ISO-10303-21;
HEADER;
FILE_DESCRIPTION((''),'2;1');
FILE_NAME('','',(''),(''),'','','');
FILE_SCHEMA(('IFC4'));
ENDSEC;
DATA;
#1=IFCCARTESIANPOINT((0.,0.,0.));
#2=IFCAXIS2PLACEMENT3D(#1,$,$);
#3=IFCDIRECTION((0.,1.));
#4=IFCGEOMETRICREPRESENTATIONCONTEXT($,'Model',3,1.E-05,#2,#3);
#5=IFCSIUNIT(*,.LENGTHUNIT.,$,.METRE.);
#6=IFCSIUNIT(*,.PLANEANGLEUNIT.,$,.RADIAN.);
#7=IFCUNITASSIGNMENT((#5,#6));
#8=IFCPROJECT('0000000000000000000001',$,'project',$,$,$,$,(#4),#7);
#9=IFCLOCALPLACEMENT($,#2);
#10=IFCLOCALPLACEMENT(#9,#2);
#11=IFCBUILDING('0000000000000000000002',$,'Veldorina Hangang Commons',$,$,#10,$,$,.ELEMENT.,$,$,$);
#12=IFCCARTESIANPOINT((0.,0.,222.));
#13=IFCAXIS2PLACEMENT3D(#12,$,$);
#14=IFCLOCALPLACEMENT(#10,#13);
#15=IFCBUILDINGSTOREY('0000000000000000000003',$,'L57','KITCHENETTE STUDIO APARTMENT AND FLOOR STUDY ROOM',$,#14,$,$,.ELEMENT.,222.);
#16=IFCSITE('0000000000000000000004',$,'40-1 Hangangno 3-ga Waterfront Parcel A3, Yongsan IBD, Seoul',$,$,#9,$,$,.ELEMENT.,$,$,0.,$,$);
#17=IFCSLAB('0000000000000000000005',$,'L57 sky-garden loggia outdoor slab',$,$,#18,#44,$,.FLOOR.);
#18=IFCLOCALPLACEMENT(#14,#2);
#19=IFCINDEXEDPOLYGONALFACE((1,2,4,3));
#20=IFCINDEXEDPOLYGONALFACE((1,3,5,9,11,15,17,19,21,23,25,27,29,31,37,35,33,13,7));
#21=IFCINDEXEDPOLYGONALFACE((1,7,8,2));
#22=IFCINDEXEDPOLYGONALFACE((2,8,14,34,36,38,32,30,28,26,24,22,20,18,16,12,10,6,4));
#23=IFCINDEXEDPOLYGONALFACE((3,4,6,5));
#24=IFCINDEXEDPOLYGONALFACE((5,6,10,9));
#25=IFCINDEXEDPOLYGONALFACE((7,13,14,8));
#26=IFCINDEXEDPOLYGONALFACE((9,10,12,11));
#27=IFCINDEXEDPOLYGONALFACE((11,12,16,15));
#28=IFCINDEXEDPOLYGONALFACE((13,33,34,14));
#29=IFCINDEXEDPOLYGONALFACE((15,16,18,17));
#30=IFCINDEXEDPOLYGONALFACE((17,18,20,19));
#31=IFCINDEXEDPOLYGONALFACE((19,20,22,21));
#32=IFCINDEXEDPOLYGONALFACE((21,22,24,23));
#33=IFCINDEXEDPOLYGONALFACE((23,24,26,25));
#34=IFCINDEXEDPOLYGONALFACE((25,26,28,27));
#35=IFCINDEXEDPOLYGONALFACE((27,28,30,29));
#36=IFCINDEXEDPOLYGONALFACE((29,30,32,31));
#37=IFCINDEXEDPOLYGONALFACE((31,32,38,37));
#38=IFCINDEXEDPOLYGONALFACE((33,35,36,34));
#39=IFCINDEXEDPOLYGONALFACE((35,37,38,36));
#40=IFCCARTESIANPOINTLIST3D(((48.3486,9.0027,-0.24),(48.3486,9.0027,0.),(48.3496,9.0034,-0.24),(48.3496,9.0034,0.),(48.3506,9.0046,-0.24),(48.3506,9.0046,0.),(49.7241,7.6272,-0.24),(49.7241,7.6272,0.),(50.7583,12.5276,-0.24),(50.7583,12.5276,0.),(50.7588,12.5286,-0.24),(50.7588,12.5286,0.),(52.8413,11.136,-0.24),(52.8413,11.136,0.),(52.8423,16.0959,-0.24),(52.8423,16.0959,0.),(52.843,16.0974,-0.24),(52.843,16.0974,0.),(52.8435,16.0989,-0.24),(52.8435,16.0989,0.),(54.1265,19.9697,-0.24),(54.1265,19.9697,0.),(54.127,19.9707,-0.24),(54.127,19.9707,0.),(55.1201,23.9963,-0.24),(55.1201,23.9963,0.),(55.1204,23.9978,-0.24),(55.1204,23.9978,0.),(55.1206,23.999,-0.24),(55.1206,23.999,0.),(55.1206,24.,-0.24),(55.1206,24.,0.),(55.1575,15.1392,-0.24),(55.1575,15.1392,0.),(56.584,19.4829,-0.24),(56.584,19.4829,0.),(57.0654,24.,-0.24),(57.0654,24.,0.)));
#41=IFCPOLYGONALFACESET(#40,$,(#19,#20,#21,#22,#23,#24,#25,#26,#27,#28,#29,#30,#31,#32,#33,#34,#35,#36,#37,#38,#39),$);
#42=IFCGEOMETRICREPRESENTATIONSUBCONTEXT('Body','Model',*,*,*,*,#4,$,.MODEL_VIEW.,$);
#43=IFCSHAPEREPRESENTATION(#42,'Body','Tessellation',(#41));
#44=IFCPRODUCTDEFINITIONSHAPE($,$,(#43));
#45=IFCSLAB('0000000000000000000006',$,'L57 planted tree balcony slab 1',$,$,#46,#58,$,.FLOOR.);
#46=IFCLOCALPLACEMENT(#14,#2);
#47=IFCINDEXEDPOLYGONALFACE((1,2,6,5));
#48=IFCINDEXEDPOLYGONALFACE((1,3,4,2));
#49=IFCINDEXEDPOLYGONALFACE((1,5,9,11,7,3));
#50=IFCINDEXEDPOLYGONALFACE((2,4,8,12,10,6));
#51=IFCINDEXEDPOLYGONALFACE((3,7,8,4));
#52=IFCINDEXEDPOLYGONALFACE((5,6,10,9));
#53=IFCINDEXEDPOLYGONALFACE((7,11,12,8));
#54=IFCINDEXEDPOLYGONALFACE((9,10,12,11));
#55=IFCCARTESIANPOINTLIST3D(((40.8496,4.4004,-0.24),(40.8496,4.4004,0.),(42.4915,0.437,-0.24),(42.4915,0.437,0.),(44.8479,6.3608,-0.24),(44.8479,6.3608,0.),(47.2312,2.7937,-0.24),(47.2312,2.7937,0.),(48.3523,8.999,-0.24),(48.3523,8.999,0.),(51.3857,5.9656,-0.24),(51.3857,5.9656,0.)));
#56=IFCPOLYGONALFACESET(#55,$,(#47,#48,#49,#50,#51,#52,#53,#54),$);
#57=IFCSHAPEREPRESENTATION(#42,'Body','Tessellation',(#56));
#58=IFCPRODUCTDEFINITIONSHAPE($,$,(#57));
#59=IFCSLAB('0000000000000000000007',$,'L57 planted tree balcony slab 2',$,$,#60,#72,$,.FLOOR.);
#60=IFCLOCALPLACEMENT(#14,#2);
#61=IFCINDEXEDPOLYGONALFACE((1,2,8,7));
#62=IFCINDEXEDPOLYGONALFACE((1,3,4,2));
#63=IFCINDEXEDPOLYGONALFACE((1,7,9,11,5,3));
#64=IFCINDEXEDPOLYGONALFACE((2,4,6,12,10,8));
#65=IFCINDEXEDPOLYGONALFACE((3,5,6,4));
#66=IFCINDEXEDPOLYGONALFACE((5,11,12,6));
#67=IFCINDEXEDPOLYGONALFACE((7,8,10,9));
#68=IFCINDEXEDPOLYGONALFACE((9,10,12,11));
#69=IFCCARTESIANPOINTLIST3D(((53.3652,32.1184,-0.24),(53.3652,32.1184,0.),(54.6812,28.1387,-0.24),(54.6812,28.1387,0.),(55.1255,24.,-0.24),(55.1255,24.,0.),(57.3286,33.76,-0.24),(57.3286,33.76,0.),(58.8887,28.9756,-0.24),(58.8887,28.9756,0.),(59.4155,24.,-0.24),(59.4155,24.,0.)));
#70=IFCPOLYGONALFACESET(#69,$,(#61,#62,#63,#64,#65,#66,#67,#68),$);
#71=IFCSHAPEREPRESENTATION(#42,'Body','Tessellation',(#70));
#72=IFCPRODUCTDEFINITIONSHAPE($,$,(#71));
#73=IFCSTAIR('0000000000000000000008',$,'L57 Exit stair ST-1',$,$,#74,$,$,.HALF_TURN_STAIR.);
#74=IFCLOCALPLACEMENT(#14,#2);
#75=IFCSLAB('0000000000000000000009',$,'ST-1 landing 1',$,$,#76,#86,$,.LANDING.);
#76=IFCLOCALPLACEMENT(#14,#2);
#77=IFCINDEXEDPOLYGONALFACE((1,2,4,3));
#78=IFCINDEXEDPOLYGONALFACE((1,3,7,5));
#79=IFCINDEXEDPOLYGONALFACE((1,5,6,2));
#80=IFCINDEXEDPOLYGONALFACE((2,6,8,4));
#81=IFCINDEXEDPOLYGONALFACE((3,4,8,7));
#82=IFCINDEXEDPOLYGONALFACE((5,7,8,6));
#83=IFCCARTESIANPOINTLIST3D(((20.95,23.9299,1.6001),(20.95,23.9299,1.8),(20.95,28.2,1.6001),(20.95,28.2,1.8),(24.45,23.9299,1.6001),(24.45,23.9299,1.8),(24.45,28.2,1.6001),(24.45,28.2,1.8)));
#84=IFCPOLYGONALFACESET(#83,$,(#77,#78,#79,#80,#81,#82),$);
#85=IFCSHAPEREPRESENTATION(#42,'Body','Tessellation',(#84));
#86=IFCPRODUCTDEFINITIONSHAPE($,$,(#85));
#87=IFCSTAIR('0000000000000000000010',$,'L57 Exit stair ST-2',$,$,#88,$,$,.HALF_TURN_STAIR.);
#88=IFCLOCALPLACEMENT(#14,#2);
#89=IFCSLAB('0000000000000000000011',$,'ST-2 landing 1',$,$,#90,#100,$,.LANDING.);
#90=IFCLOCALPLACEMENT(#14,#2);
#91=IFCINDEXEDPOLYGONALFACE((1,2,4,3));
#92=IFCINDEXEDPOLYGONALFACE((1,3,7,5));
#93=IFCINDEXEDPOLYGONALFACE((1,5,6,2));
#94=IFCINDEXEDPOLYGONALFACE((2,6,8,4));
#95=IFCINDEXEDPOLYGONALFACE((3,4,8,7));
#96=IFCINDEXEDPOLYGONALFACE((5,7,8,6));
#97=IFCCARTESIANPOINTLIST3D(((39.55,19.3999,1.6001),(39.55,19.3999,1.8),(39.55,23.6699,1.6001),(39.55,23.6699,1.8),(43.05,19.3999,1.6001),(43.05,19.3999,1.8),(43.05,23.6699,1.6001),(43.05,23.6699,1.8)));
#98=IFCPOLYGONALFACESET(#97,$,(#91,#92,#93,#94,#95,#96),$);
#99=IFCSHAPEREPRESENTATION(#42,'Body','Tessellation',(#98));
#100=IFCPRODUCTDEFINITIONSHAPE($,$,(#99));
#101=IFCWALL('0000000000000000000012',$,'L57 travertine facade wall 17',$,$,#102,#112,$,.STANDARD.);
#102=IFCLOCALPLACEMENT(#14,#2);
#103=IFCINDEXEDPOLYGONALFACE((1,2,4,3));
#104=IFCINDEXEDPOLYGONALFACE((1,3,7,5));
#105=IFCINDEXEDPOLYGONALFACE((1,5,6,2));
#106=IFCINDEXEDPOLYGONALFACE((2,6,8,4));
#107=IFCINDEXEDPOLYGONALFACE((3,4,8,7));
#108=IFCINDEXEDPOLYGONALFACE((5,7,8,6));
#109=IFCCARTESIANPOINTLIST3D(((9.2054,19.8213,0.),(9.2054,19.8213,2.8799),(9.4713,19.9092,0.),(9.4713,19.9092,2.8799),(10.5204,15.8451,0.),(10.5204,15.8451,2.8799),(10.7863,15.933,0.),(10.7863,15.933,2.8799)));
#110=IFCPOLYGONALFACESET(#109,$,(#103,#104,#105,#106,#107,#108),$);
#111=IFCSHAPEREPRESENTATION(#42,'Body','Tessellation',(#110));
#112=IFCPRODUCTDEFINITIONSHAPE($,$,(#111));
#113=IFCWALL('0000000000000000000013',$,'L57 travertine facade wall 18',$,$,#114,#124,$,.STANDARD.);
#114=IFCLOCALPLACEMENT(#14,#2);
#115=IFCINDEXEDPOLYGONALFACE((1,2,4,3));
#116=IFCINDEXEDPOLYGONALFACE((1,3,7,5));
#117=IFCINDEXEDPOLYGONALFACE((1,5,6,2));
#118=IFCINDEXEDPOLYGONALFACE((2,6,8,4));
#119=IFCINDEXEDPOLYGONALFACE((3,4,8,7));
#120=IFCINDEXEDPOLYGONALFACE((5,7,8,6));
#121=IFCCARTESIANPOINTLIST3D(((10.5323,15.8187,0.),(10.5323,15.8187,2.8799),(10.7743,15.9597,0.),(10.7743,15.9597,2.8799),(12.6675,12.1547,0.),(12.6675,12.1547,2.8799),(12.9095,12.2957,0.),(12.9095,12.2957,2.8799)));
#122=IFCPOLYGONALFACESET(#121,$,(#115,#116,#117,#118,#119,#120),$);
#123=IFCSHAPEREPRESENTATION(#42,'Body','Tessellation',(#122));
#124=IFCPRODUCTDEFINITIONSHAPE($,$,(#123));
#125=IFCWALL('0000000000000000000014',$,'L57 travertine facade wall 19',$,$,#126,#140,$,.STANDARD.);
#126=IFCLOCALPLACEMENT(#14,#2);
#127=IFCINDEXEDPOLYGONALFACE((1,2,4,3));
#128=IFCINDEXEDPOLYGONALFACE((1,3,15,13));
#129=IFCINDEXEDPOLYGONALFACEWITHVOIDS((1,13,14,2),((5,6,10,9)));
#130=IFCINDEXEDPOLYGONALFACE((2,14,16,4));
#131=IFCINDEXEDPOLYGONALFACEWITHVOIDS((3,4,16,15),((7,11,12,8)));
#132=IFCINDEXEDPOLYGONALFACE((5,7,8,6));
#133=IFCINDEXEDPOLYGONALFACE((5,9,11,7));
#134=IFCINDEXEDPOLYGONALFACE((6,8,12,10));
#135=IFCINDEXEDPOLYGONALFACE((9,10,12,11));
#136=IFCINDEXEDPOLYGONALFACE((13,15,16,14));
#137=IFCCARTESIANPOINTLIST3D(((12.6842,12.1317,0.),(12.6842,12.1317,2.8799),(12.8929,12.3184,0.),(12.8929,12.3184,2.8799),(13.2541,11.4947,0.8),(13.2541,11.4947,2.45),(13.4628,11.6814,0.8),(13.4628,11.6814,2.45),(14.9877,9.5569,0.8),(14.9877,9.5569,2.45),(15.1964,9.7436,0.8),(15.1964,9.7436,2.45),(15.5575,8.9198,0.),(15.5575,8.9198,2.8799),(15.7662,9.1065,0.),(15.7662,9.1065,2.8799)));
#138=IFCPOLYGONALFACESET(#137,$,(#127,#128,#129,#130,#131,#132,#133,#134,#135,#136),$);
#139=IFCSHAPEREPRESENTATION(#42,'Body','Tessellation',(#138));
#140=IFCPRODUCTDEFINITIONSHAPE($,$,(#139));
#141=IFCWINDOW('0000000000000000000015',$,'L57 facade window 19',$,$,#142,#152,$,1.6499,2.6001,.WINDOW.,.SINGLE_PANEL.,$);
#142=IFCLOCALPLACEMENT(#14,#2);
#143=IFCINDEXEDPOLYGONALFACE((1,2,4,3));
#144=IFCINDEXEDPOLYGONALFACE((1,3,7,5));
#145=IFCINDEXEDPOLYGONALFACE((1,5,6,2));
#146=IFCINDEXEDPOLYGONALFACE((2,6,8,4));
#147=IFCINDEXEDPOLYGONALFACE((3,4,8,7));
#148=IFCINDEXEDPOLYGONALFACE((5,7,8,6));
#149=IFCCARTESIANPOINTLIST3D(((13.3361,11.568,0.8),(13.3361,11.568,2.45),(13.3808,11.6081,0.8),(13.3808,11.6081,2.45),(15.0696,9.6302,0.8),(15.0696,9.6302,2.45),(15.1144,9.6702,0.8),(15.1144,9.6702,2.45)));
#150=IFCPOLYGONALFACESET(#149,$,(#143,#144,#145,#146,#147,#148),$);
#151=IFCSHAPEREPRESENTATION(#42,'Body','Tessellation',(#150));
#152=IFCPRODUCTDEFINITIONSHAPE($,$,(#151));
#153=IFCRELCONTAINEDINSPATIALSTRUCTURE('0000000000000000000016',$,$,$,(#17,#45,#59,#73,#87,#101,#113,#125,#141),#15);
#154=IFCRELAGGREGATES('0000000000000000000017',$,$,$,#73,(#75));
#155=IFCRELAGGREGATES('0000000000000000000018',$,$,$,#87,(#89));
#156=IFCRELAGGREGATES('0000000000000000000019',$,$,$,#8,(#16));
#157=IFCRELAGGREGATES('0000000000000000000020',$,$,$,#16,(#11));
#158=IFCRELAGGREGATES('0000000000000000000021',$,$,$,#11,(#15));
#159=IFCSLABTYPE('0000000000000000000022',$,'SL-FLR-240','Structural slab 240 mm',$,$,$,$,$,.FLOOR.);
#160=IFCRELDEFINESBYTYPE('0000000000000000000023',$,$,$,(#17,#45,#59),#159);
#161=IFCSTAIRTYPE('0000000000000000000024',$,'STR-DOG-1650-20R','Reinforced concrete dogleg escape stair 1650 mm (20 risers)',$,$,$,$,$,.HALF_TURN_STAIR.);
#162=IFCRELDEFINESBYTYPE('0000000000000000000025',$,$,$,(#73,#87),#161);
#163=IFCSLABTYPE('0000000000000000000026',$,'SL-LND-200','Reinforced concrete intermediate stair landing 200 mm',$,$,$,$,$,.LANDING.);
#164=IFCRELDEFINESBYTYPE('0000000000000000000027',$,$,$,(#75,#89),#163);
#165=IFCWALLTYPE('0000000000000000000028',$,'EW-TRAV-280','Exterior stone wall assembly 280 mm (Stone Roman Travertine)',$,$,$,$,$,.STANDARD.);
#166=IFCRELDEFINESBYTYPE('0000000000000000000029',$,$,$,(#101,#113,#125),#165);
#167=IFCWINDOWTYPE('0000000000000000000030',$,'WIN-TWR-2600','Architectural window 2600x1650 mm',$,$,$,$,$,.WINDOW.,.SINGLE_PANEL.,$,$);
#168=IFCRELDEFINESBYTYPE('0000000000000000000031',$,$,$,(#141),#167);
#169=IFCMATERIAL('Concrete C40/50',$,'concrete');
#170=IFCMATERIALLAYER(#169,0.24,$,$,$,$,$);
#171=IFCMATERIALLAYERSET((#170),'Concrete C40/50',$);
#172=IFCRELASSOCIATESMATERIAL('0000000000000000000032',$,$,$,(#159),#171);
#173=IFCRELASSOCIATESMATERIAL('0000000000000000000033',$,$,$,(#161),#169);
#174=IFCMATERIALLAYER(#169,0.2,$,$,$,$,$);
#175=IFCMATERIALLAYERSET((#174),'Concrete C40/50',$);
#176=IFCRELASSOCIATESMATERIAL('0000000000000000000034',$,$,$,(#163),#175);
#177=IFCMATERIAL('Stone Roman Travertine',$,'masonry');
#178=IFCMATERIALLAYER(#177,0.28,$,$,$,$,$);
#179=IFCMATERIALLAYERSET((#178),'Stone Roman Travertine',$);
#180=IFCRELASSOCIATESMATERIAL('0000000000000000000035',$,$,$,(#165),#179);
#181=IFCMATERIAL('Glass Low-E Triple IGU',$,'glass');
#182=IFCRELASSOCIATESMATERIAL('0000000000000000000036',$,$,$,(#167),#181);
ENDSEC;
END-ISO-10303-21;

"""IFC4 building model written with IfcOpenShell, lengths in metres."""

from ifc_helpers import new_model, si_unit, direction, frame, frame_2d, origin, place, context, subcontext, project, spatial, polyline, rectangle, outline, extrude, material, layer, layer_set, type_object, element, fill, aggregate, save


model = new_model("IFC4")

# Units and contexts
model_context = context("Model", 3, precision=1e-05, world=origin(), true_north=direction((0.0, 1.0)))
body_context = subcontext(model_context, "Body", "Model", "MODEL_VIEW")
ifc_project = project(units=[si_unit("LENGTHUNIT", "METRE"), si_unit("PLANEANGLEUNIT", "RADIAN")], contexts=[model_context])

# Site, building, storey
site_placement = place(None, origin())
site = spatial("IfcSite", under=ifc_project, at=site_placement, Name="40-1 Hangangno 3-ga Waterfront Parcel A3, Yongsan IBD, Seoul", CompositionType="ELEMENT", RefElevation=0.0)
building_placement = place(site_placement, origin())
building = spatial("IfcBuilding", under=site, at=building_placement, Name="Veldorina Hangang Commons", CompositionType="ELEMENT")
storey_placement = place(building_placement, frame((0.0, 0.0, 222.0)))
storey = spatial("IfcBuildingStorey", under=building, at=storey_placement, Name="L57", Description="KITCHENETTE STUDIO APARTMENT AND FLOOR STUDY ROOM", CompositionType="ELEMENT", Elevation=222.0)

# Slabs
ifc_material_1 = material(Name="Concrete C40/50", Category="concrete")
ifc_layer_1 = layer(ifc_material_1, 0.24)
ifc_layer_set_1 = layer_set([ifc_layer_1], Name="Concrete C40/50")
slab_type_1 = type_object("IfcSlabType", Name="SL-FLR-240", Description="Structural slab 240 mm", PredefinedType="FLOOR", material=ifc_layer_set_1)
slab_1_placement = place(storey_placement, frame((0.0, 0.0, -0.24)))
element("IfcSlab", 1, at=slab_1_placement, inside=storey, type_object=slab_type_1, Name="L57 sky-garden loggia outdoor slab", PredefinedType="FLOOR", context=body_context, shape_type="SweptSolid", body=[
    extrude(outline(polyline([(57.0654, 24.0), (56.584, 19.4829), (55.1575, 15.1392), (52.8413, 11.136), (49.7241, 7.6272), (48.3486, 9.0027), (48.3496, 9.0034), (48.3506, 9.0046), (50.7583, 12.5276), (50.7588, 12.5286), (52.8423, 16.0959), (52.843, 16.0974), (52.8435, 16.0989), (54.1265, 19.9697), (54.127, 19.9707), (55.1201, 23.9963), (55.1204, 23.9978), (55.1206, 23.999), (55.1206, 24.0), (57.0654, 24.0)])), origin(), (0.0, 0.0, 1.0), 0.24),
])
slab_2_placement = place(storey_placement, frame((0.0, 0.0, -0.24)))
element("IfcSlab", 2, at=slab_2_placement, inside=storey, type_object=slab_type_1, Name="L57 planted tree balcony slab 1", PredefinedType="FLOOR", context=body_context, shape_type="SweptSolid", body=[
    extrude(outline(polyline([(44.8479, 6.3608), (48.3523, 8.999), (51.3857, 5.9656), (47.2312, 2.7937), (42.4915, 0.437), (40.8496, 4.4004), (44.8479, 6.3608)])), origin(), (0.0, 0.0, 1.0), 0.24),
])
slab_3_placement = place(storey_placement, frame((0.0, 0.0, -0.24)))
element("IfcSlab", 3, at=slab_3_placement, inside=storey, type_object=slab_type_1, Name="L57 planted tree balcony slab 2", PredefinedType="FLOOR", context=body_context, shape_type="SweptSolid", body=[
    extrude(outline(polyline([(54.6812, 28.1387), (53.3652, 32.1184), (57.3286, 33.76), (58.8887, 28.9756), (59.4155, 24.0), (55.1255, 24.0), (54.6812, 28.1387)])), origin(), (0.0, 0.0, 1.0), 0.24),
])

# Stairs, slabs
stair_type = type_object("IfcStairType", Name="STR-DOG-1650-20R", Description="Reinforced concrete dogleg escape stair 1650 mm (20 risers)", PredefinedType="HALF_TURN_STAIR", material=ifc_material_1)
stair_1_placement = place(storey_placement, origin())
stair_1 = element("IfcStair", 4, at=stair_1_placement, inside=storey, type_object=stair_type, Name="L57 Exit stair ST-1", PredefinedType="HALF_TURN_STAIR")
ifc_layer_2 = layer(ifc_material_1, 0.2)
ifc_layer_set_2 = layer_set([ifc_layer_2], Name="Concrete C40/50")
slab_type_2 = type_object("IfcSlabType", Name="SL-LND-200", Description="Reinforced concrete intermediate stair landing 200 mm", PredefinedType="LANDING", material=ifc_layer_set_2)
slab_4_placement = place(storey_placement, frame((0.0, 0.0, 1.6001)))
slab_4 = element("IfcSlab", 5, at=slab_4_placement, type_object=slab_type_2, Name="ST-1 landing 1", PredefinedType="LANDING", context=body_context, shape_type="SweptSolid", body=[
    extrude(outline(polyline([(24.45, 23.9299), (24.45, 28.2), (20.95, 28.2), (20.95, 23.9299), (24.45, 23.9299)])), origin(), (0.0, 0.0, 1.0), 0.2),
])
aggregate(stair_1, [slab_4])
stair_2_placement = place(storey_placement, origin())
stair_2 = element("IfcStair", 6, at=stair_2_placement, inside=storey, type_object=stair_type, Name="L57 Exit stair ST-2", PredefinedType="HALF_TURN_STAIR")
slab_5_placement = place(storey_placement, frame((0.0, 0.0, 1.6001)))
slab_5 = element("IfcSlab", 7, at=slab_5_placement, type_object=slab_type_2, Name="ST-2 landing 1", PredefinedType="LANDING", context=body_context, shape_type="SweptSolid", body=[
    extrude(outline(polyline([(39.55, 23.6699), (39.55, 19.3999), (43.05, 19.3999), (43.05, 23.6699), (39.55, 23.6699)])), origin(), (0.0, 0.0, 1.0), 0.2),
])
aggregate(stair_2, [slab_5])

# Walls
ifc_material_2 = material(Name="Stone Roman Travertine", Category="masonry")
ifc_layer_3 = layer(ifc_material_2, 0.28)
ifc_layer_set_3 = layer_set([ifc_layer_3], Name="Stone Roman Travertine")
wall_type = type_object("IfcWallType", Name="EW-TRAV-280", Description="Exterior stone wall assembly 280 mm (Stone Roman Travertine)", PredefinedType="STANDARD", material=ifc_layer_set_3)
wall_1_placement = place(storey_placement, frame((9.3384, 19.8652, 0.0), z_axis=(0.0, 0.0, 1.0), x_axis=(0.313988, -0.949427, 0.0)))
element("IfcWall", 8, at=wall_1_placement, inside=storey, type_object=wall_type, Name="L57 travertine facade wall 17", PredefinedType="STANDARD", context=body_context, shape_type="SweptSolid", body=[
    extrude(rectangle(XDim=4.188, YDim=0.28, at=frame_2d((2.094, 0.0))), origin(), (0.0, 0.0, 1.0), 2.8799),
])
wall_2_placement = place(storey_placement, frame((10.6533, 15.8892, 0.0), z_axis=(0.0, 0.0, 1.0), x_axis=(0.503499, -0.863996, 0.0)))
element("IfcWall", 9, at=wall_2_placement, inside=storey, type_object=wall_type, Name="L57 travertine facade wall 18", PredefinedType="STANDARD", context=body_context, shape_type="SweptSolid", body=[
    extrude(rectangle(XDim=4.2407, YDim=0.28, at=frame_2d((2.1204, 0.0))), origin(), (0.0, 0.0, 1.0), 2.8799),
])

# Wall, opening, window
wall_3_placement = place(storey_placement, frame((12.7886, 12.2251, 0.0), z_axis=(0.0, 0.0, 1.0), x_axis=(0.666727, -0.745302, 0.0)))
wall_3 = element("IfcWall", 10, at=wall_3_placement, inside=storey, type_object=wall_type, Name="L57 travertine facade wall 19", PredefinedType="STANDARD", context=body_context, shape_type="SweptSolid", body=[
    extrude(rectangle(XDim=4.3096, YDim=0.28, at=frame_2d((2.1548, 0.0))), origin(), (0.0, 0.0, 1.0), 2.8799),
])
opening_placement = place(wall_3_placement, frame((0.8547, 0.0, 0.8)))
opening = element("IfcOpeningElement", 11, at=opening_placement, cuts=wall_3, PredefinedType="OPENING", context=body_context, shape_type="SweptSolid", body=[
    extrude(rectangle(XDim=2.6001, YDim=1.6499, at=frame_2d((1.3, 0.825))), frame((0.0, 0.1499, 0.0), z_axis=(0.0, -1.0, 0.0), x_axis=(1.0, 0.0, 0.0)), (0.0, 0.0, 1.0), 0.3),
])
ifc_material_3 = material(Name="Glass Low-E Triple IGU", Category="glass")
window_type = type_object("IfcWindowType", Name="WIN-TWR-2600", Description="Architectural window 2600x1650 mm", PartitioningType="SINGLE_PANEL", PredefinedType="WINDOW", material=ifc_material_3)
window_placement = place(opening_placement, origin())
window = element("IfcWindow", 12, at=window_placement, inside=storey, type_object=window_type, Name="L57 facade window 19", OverallHeight=1.6499, OverallWidth=2.6001, PartitioningType="SINGLE_PANEL", PredefinedType="WINDOW", context=body_context, shape_type="SweptSolid", body=[
    extrude(rectangle(XDim=2.6001, YDim=1.6499, at=frame_2d((1.3, 0.825))), frame((0.0, 0.03, 0.0), z_axis=(0.0, -1.0, 0.0), x_axis=(1.0, 0.0, 0.0)), (0.0, 0.0, 1.0), 0.0601),
])
fill(opening, window)

save(model, "model.ifc")
